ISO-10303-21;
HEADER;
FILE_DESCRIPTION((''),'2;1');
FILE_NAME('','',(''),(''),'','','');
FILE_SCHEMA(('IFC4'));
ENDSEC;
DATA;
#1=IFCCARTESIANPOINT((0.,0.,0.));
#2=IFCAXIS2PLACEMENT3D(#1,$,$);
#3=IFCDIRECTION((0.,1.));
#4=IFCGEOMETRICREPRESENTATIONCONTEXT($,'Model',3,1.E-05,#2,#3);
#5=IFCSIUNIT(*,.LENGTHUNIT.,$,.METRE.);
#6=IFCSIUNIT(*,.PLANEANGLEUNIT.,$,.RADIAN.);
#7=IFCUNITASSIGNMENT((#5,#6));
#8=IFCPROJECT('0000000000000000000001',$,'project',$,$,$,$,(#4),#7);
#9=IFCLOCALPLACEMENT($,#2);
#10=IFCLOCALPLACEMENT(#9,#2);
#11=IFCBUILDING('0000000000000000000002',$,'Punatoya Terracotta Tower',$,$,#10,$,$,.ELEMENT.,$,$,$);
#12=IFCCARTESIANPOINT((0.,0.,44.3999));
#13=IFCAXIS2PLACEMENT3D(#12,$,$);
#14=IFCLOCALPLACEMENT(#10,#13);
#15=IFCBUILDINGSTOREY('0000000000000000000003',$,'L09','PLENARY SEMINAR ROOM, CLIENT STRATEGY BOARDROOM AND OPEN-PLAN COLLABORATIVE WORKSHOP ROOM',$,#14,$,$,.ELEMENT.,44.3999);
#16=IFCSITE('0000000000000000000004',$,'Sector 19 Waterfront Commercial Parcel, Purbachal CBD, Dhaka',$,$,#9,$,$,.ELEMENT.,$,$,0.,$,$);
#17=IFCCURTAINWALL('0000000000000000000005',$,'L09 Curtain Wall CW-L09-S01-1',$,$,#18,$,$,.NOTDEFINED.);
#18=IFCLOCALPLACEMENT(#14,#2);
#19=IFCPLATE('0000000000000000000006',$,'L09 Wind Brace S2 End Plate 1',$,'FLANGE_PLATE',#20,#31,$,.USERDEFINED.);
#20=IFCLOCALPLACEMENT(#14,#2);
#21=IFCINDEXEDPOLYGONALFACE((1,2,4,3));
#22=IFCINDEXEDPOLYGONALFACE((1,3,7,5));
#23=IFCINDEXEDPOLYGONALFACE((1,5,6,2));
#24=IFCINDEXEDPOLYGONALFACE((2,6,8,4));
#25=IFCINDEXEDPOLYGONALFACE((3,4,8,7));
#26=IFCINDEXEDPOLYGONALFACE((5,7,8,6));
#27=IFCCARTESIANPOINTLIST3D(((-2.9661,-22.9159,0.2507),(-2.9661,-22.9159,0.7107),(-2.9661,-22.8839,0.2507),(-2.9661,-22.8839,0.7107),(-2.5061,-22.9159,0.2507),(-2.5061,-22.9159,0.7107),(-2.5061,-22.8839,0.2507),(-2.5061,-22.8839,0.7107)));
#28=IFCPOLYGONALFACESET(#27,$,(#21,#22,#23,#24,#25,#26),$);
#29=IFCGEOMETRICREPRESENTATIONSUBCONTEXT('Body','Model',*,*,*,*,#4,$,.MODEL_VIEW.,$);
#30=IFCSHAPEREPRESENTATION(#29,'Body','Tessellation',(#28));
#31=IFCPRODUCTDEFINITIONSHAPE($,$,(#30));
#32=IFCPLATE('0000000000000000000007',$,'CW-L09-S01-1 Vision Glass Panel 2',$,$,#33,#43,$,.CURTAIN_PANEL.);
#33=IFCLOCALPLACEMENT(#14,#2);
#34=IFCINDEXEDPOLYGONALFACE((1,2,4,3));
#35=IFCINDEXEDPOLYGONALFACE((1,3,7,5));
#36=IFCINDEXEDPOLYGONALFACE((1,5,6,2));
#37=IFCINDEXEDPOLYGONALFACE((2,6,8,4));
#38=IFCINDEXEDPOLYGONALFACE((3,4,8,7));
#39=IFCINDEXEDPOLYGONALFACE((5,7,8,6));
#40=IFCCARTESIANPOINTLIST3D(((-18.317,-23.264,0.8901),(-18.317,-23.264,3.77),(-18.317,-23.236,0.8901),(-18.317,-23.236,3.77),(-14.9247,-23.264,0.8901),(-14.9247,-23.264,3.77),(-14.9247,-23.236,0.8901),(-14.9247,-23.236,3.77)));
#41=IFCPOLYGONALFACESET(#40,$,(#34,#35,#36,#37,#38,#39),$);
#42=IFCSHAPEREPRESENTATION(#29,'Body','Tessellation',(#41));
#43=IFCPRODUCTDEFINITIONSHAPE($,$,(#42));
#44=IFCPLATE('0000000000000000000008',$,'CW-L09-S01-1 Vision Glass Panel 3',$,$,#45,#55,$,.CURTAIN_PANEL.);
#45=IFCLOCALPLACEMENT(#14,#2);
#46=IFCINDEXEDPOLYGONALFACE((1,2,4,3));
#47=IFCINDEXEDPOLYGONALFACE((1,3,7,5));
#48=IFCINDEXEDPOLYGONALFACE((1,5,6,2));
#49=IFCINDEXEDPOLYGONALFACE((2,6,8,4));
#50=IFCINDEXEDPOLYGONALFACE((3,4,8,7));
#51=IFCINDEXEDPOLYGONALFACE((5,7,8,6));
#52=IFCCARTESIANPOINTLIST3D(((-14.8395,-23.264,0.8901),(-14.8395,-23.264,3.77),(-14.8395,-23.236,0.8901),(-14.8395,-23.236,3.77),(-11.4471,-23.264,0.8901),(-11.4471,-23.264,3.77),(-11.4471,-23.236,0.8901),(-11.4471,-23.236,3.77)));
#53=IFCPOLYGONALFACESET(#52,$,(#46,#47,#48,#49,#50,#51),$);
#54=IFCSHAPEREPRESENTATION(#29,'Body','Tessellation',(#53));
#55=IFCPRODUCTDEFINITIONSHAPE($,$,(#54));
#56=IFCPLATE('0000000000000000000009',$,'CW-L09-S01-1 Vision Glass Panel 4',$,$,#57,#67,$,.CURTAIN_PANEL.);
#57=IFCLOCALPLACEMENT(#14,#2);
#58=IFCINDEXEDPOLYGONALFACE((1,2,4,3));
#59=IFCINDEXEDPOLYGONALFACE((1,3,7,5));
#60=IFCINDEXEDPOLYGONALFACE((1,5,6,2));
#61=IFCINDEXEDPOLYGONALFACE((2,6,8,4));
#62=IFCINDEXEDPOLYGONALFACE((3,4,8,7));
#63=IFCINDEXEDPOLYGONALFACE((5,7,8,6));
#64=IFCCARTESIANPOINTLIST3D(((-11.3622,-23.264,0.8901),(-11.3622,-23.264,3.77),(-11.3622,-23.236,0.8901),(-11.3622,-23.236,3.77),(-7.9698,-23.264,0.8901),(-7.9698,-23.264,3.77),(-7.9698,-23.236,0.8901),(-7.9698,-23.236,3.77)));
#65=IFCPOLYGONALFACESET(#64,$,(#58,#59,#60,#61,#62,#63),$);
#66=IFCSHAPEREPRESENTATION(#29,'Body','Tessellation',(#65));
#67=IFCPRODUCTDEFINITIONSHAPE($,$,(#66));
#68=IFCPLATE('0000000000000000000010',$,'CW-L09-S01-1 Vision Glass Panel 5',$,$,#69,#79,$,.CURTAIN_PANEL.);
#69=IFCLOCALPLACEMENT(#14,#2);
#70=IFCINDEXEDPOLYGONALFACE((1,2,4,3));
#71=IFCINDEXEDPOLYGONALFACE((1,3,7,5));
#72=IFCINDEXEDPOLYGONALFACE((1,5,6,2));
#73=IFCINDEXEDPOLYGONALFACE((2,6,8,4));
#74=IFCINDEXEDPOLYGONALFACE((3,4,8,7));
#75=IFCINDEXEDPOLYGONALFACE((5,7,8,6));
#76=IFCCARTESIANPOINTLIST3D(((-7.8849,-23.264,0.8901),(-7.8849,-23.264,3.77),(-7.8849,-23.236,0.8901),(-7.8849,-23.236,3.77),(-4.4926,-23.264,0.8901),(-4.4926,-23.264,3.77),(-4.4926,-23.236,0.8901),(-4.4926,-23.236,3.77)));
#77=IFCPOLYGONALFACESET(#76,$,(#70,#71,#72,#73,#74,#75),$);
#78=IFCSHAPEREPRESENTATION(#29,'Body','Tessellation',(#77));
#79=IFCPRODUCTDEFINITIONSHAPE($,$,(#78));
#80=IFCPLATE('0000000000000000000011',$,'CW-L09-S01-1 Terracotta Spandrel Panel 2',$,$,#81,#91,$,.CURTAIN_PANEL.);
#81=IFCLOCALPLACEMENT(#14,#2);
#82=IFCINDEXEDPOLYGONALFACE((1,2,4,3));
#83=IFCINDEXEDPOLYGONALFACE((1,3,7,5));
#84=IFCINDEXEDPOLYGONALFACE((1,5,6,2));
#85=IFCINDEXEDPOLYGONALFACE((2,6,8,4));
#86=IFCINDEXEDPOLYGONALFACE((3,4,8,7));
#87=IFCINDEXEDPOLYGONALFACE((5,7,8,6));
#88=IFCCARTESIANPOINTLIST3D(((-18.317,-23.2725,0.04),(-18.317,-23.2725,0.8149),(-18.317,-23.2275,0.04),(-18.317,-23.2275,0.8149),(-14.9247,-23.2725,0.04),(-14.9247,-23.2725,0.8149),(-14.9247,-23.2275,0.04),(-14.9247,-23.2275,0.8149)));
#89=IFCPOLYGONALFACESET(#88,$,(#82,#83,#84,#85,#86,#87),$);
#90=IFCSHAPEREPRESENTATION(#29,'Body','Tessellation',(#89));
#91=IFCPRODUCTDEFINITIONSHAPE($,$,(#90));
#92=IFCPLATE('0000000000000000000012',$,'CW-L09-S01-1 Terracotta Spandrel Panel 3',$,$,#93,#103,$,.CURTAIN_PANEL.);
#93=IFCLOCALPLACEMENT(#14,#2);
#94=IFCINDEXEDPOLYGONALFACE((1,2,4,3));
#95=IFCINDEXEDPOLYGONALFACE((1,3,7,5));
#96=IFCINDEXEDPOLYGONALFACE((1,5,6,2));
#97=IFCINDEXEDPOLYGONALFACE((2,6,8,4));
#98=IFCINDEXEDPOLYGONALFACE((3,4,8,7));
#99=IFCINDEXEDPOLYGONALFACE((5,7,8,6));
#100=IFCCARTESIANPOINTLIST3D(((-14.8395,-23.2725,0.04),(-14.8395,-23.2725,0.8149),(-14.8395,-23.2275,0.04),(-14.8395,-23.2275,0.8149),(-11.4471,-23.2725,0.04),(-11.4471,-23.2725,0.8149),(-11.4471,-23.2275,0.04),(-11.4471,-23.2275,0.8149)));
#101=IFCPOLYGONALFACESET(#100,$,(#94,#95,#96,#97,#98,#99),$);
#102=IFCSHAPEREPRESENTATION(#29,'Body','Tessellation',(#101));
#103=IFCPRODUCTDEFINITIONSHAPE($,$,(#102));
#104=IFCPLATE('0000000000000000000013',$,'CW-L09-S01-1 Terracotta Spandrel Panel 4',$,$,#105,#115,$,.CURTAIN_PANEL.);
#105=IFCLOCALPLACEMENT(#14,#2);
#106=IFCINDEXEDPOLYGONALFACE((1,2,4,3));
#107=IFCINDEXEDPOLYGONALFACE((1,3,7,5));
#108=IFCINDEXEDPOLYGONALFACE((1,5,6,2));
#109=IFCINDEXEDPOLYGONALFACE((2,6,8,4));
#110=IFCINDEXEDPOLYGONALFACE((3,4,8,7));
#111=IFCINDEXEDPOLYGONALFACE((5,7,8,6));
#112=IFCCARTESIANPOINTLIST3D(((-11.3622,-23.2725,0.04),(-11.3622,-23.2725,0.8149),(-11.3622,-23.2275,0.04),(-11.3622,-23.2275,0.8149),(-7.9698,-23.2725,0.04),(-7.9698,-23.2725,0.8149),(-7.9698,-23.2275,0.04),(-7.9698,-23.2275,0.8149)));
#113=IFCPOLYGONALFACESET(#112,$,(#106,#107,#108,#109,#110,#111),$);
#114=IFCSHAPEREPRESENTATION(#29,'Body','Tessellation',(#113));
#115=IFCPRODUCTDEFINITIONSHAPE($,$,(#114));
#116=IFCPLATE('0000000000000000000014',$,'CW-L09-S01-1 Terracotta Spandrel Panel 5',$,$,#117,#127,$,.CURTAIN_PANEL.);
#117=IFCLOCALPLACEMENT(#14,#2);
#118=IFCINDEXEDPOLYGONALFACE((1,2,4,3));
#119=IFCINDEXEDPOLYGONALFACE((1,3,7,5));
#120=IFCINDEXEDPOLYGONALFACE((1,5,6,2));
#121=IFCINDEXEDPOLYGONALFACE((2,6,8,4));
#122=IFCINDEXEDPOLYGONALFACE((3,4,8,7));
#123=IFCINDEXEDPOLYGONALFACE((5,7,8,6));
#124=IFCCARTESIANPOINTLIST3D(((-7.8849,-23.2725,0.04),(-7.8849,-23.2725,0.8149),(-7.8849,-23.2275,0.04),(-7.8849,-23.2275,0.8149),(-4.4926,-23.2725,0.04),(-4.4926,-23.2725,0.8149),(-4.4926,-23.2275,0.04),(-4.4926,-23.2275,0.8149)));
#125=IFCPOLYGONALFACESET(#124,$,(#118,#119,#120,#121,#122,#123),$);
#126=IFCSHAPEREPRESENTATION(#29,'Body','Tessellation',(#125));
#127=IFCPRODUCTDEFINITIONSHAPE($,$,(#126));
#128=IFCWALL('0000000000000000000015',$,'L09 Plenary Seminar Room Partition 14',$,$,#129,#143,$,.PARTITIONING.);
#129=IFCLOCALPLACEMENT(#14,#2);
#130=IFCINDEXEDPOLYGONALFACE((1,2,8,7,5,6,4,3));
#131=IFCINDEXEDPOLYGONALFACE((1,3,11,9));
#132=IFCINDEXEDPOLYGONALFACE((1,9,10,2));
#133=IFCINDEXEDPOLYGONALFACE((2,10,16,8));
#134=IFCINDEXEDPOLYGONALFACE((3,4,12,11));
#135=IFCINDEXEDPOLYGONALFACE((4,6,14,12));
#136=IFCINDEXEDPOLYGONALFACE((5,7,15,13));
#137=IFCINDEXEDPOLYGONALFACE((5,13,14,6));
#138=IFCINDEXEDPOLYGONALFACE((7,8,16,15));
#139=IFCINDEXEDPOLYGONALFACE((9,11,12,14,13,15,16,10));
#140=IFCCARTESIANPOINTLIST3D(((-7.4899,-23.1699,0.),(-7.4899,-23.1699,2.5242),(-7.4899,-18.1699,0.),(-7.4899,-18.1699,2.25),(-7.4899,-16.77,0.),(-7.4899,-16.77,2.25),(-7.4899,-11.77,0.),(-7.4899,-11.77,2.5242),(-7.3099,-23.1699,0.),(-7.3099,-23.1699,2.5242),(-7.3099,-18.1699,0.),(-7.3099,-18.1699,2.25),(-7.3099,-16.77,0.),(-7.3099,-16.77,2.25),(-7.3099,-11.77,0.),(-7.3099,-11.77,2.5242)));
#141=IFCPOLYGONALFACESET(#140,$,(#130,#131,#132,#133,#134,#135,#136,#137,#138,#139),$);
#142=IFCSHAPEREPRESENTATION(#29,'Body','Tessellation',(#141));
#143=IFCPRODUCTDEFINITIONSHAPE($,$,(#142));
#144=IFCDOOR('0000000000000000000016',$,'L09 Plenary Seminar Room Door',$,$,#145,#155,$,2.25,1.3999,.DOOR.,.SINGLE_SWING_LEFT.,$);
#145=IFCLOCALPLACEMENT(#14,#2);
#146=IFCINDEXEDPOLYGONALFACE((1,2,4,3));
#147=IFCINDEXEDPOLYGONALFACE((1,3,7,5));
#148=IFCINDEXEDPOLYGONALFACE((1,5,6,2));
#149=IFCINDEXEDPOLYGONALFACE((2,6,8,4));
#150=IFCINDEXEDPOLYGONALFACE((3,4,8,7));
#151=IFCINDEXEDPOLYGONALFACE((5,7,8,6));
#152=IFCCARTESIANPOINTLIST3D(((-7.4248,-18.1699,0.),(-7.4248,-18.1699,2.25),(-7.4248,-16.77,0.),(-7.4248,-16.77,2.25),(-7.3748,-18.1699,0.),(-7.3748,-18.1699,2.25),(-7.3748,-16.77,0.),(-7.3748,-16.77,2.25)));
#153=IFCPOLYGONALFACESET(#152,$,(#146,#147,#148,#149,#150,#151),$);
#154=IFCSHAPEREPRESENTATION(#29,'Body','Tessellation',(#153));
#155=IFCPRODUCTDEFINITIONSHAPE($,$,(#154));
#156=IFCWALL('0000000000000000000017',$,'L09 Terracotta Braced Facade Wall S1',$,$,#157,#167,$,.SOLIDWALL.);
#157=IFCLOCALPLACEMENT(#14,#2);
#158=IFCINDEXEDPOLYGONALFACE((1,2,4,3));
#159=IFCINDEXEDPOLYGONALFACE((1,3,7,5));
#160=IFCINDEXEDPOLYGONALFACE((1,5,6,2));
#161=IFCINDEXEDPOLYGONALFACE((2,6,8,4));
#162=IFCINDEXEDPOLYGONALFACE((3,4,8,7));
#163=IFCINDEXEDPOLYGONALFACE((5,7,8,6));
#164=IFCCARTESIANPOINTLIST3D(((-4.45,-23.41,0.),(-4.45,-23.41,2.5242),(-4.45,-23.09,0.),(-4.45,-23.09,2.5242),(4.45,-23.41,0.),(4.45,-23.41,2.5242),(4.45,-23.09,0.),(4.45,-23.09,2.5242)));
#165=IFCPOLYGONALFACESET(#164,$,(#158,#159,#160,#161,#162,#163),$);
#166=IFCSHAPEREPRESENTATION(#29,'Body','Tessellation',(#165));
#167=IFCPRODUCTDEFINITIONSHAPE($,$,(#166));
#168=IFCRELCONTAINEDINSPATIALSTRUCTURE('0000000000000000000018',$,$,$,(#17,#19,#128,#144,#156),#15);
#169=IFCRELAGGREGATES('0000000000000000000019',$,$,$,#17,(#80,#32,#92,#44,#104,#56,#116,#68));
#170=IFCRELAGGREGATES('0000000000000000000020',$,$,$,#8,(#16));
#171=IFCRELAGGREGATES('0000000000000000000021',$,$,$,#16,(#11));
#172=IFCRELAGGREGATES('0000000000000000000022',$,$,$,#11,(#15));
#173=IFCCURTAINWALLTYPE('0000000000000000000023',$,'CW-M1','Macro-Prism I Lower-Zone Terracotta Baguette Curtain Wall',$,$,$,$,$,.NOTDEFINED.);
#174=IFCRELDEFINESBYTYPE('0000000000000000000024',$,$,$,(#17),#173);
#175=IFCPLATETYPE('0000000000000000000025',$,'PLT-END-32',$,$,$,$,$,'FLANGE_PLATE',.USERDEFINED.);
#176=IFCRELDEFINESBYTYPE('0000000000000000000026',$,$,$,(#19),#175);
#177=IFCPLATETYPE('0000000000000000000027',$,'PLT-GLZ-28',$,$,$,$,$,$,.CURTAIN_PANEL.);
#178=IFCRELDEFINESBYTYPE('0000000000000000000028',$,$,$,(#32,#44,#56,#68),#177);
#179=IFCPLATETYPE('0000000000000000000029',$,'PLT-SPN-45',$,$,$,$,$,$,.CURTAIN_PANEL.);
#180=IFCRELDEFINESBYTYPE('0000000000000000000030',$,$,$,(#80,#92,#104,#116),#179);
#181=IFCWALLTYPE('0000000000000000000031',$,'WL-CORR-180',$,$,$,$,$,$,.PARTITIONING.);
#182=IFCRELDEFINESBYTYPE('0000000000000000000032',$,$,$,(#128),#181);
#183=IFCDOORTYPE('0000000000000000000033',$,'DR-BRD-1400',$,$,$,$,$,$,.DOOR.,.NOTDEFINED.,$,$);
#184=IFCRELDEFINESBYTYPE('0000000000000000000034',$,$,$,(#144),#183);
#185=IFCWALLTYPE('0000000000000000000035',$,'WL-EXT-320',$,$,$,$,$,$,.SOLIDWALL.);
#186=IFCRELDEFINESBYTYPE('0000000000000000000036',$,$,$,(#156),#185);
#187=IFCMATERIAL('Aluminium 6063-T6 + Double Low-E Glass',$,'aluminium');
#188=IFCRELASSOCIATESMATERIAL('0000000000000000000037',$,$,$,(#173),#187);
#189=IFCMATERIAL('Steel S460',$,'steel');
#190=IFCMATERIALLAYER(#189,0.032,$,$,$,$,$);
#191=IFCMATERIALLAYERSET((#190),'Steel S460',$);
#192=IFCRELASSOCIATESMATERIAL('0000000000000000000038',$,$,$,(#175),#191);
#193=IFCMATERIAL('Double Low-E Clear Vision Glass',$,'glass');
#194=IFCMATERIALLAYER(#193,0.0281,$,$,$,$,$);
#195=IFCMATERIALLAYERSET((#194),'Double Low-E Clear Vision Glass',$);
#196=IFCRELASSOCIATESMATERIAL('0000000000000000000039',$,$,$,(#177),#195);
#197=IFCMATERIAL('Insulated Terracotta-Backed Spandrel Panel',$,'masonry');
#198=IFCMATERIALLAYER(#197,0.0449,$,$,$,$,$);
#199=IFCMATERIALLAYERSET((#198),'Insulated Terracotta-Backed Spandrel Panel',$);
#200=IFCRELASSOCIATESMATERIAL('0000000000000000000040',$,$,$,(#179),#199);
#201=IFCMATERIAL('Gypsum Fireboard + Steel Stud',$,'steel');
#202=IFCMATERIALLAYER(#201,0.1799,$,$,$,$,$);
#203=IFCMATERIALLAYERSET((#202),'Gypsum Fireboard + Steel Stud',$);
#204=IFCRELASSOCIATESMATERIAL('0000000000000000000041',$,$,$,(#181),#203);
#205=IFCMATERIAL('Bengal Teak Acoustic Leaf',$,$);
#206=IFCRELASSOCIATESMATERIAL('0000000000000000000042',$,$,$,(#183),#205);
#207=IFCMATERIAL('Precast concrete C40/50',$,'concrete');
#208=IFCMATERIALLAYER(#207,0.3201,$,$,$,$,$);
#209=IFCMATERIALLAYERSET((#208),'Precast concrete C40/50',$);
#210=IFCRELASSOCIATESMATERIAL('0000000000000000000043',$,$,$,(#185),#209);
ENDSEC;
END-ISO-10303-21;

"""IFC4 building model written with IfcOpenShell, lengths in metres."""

from ifc_helpers import new_model, si_unit, direction, frame, frame_2d, origin, origin_2d, place, context, subcontext, project, spatial, rectangle, extrude, material, layer, layer_set, type_object, element, fill, aggregate, save


model = new_model("IFC4")

# Units and contexts
model_context = context("Model", 3, precision=1e-05, world=origin(), true_north=direction((0.0, 1.0)))
body_context = subcontext(model_context, "Body", "Model", "MODEL_VIEW")
ifc_project = project(units=[si_unit("LENGTHUNIT", "METRE"), si_unit("PLANEANGLEUNIT", "RADIAN")], contexts=[model_context])

# Site, building, storey
site_placement = place(None, origin())
site = spatial("IfcSite", under=ifc_project, at=site_placement, Name="Sector 19 Waterfront Commercial Parcel, Purbachal CBD, Dhaka", CompositionType="ELEMENT", RefElevation=0.0)
building_placement = place(site_placement, origin())
building = spatial("IfcBuilding", under=site, at=building_placement, Name="Punatoya Terracotta Tower", CompositionType="ELEMENT")
storey_placement = place(building_placement, frame((0.0, 0.0, 44.3999)))
storey = spatial("IfcBuildingStorey", under=building, at=storey_placement, Name="L09", Description="PLENARY SEMINAR ROOM, CLIENT STRATEGY BOARDROOM AND OPEN-PLAN COLLABORATIVE WORKSHOP ROOM", CompositionType="ELEMENT", Elevation=44.3999)

# Shared definitions
ifc_material_1 = material(Name="Steel S460", Category="steel")

# Curtain wall
ifc_material_2 = material(Name="Aluminium 6063-T6 + Double Low-E Glass", Category="aluminium")
curtain_wall_type = type_object("IfcCurtainWallType", Name="CW-M1", Description="Macro-Prism I Lower-Zone Terracotta Baguette Curtain Wall", PredefinedType="NOTDEFINED", material=ifc_material_2)
curtain_wall_placement = place(storey_placement, origin())
curtain_wall = element("IfcCurtainWall", 1, at=curtain_wall_placement, inside=storey, type_object=curtain_wall_type, Name="L09 Curtain Wall CW-L09-S01-1", PredefinedType="NOTDEFINED")

# Plates
ifc_layer_1 = layer(ifc_material_1, 0.032)
ifc_layer_set_1 = layer_set([ifc_layer_1], Name="Steel S460")
plate_type_1 = type_object("IfcPlateType", Name="PLT-END-32", ElementType="FLANGE_PLATE", PredefinedType="USERDEFINED", material=ifc_layer_set_1)
plate_1_placement = place(storey_placement, frame((-2.7361, -22.8999, 0.2507), z_axis=(0.0, 0.0, 1.0), x_axis=(1.0, 0.0, 0.0)))
element("IfcPlate", 2, at=plate_1_placement, inside=storey, type_object=plate_type_1, Name="L09 Wind Brace S2 End Plate 1", ObjectType="FLANGE_PLATE", PredefinedType="USERDEFINED", context=body_context, shape_type="SweptSolid", body=[
    extrude(rectangle(XDim=0.46, YDim=0.032, at=origin_2d()), origin(), (0.0, 0.0, 1.0), 0.46),
])
ifc_material_3 = material(Name="Double Low-E Clear Vision Glass", Category="glass")
ifc_layer_2 = layer(ifc_material_3, 0.0281)
ifc_layer_set_2 = layer_set([ifc_layer_2], Name="Double Low-E Clear Vision Glass")
plate_type_2 = type_object("IfcPlateType", Name="PLT-GLZ-28", PredefinedType="CURTAIN_PANEL", material=ifc_layer_set_2)
plate_2_placement = place(storey_placement, frame((-16.6208, -23.25, 0.8901), z_axis=(0.0, 0.0, 1.0), x_axis=(1.0, 0.0, 0.0)))
plate_2 = element("IfcPlate", 3, at=plate_2_placement, type_object=plate_type_2, Name="CW-L09-S01-1 Vision Glass Panel 2", PredefinedType="CURTAIN_PANEL", context=body_context, shape_type="SweptSolid", body=[
    extrude(rectangle(XDim=3.3923, YDim=0.0281, at=origin_2d()), origin(), (0.0, 0.0, 1.0), 2.8799),
])
plate_3_placement = place(storey_placement, frame((-13.1433, -23.25, 0.8901), z_axis=(0.0, 0.0, 1.0), x_axis=(1.0, 0.0, 0.0)))
plate_3 = element("IfcPlate", 4, at=plate_3_placement, type_object=plate_type_2, Name="CW-L09-S01-1 Vision Glass Panel 3", PredefinedType="CURTAIN_PANEL", context=body_context, shape_type="SweptSolid", body=[
    extrude(rectangle(XDim=3.3923, YDim=0.0281, at=origin_2d()), origin(), (0.0, 0.0, 1.0), 2.8799),
])
plate_4_placement = place(storey_placement, frame((-9.666, -23.25, 0.8901), z_axis=(0.0, 0.0, 1.0), x_axis=(1.0, 0.0, 0.0)))
plate_4 = element("IfcPlate", 5, at=plate_4_placement, type_object=plate_type_2, Name="CW-L09-S01-1 Vision Glass Panel 4", PredefinedType="CURTAIN_PANEL", context=body_context, shape_type="SweptSolid", body=[
    extrude(rectangle(XDim=3.3923, YDim=0.0281, at=origin_2d()), origin(), (0.0, 0.0, 1.0), 2.8799),
])
plate_5_placement = place(storey_placement, frame((-6.1887, -23.25, 0.8901), z_axis=(0.0, 0.0, 1.0), x_axis=(1.0, 0.0, 0.0)))
plate_5 = element("IfcPlate", 6, at=plate_5_placement, type_object=plate_type_2, Name="CW-L09-S01-1 Vision Glass Panel 5", PredefinedType="CURTAIN_PANEL", context=body_context, shape_type="SweptSolid", body=[
    extrude(rectangle(XDim=3.3923, YDim=0.0281, at=origin_2d()), origin(), (0.0, 0.0, 1.0), 2.8799),
])
ifc_material_4 = material(Name="Insulated Terracotta-Backed Spandrel Panel", Category="masonry")
ifc_layer_3 = layer(ifc_material_4, 0.0449)
ifc_layer_set_3 = layer_set([ifc_layer_3], Name="Insulated Terracotta-Backed Spandrel Panel")
plate_type_3 = type_object("IfcPlateType", Name="PLT-SPN-45", PredefinedType="CURTAIN_PANEL", material=ifc_layer_set_3)
plate_6_placement = place(storey_placement, frame((-16.6208, -23.25, 0.04), z_axis=(0.0, 0.0, 1.0), x_axis=(1.0, 0.0, 0.0)))
plate_6 = element("IfcPlate", 7, at=plate_6_placement, type_object=plate_type_3, Name="CW-L09-S01-1 Terracotta Spandrel Panel 2", PredefinedType="CURTAIN_PANEL", context=body_context, shape_type="SweptSolid", body=[
    extrude(rectangle(XDim=3.3923, YDim=0.0449, at=origin_2d()), origin(), (0.0, 0.0, 1.0), 0.7749),
])
plate_7_placement = place(storey_placement, frame((-13.1433, -23.25, 0.04), z_axis=(0.0, 0.0, 1.0), x_axis=(1.0, 0.0, 0.0)))
plate_7 = element("IfcPlate", 8, at=plate_7_placement, type_object=plate_type_3, Name="CW-L09-S01-1 Terracotta Spandrel Panel 3", PredefinedType="CURTAIN_PANEL", context=body_context, shape_type="SweptSolid", body=[
    extrude(rectangle(XDim=3.3923, YDim=0.0449, at=origin_2d()), origin(), (0.0, 0.0, 1.0), 0.7749),
])
plate_8_placement = place(storey_placement, frame((-9.666, -23.25, 0.04), z_axis=(0.0, 0.0, 1.0), x_axis=(1.0, 0.0, 0.0)))
plate_8 = element("IfcPlate", 9, at=plate_8_placement, type_object=plate_type_3, Name="CW-L09-S01-1 Terracotta Spandrel Panel 4", PredefinedType="CURTAIN_PANEL", context=body_context, shape_type="SweptSolid", body=[
    extrude(rectangle(XDim=3.3923, YDim=0.0449, at=origin_2d()), origin(), (0.0, 0.0, 1.0), 0.7749),
])
plate_9_placement = place(storey_placement, frame((-6.1887, -23.25, 0.04), z_axis=(0.0, 0.0, 1.0), x_axis=(1.0, 0.0, 0.0)))
plate_9 = element("IfcPlate", 10, at=plate_9_placement, type_object=plate_type_3, Name="CW-L09-S01-1 Terracotta Spandrel Panel 5", PredefinedType="CURTAIN_PANEL", context=body_context, shape_type="SweptSolid", body=[
    extrude(rectangle(XDim=3.3923, YDim=0.0449, at=origin_2d()), origin(), (0.0, 0.0, 1.0), 0.7749),
])
aggregate(curtain_wall, [plate_6, plate_2, plate_7, plate_3, plate_8, plate_4, plate_9, plate_5])

# Wall, opening, door
ifc_material_5 = material(Name="Gypsum Fireboard + Steel Stud", Category="steel")
ifc_layer_4 = layer(ifc_material_5, 0.1799)
ifc_layer_set_4 = layer_set([ifc_layer_4], Name="Gypsum Fireboard + Steel Stud")
wall_type_1 = type_object("IfcWallType", Name="WL-CORR-180", PredefinedType="PARTITIONING", material=ifc_layer_set_4)
wall_1_placement = place(storey_placement, frame((-7.3999, -23.1699, 0.0), z_axis=(0.0, 0.0, 1.0), x_axis=(0.0, 1.0, 0.0)))
wall_1 = element("IfcWall", 11, at=wall_1_placement, inside=storey, type_object=wall_type_1, Name="L09 Plenary Seminar Room Partition 14", PredefinedType="PARTITIONING", context=body_context, shape_type="SweptSolid", body=[
    extrude(rectangle(XDim=11.3999, YDim=0.1799, at=frame_2d((5.7, 0.0))), origin(), (0.0, 0.0, 1.0), 2.5242),
])
opening_placement = place(wall_1_placement, frame((5.0, 0.0, 0.0)))
opening = element("IfcOpeningElement", 12, at=opening_placement, cuts=wall_1, PredefinedType="OPENING", context=body_context, shape_type="SweptSolid", body=[
    extrude(rectangle(XDim=1.3999, YDim=2.25, at=frame_2d((0.7, 1.125))), frame((0.0, 0.0999, 0.0), z_axis=(0.0, -1.0, 0.0), x_axis=(1.0, 0.0, 0.0)), (0.0, 0.0, 1.0), 0.2),
])
ifc_material_6 = material(Name="Bengal Teak Acoustic Leaf")
door_type = type_object("IfcDoorType", Name="DR-BRD-1400", OperationType="NOTDEFINED", PredefinedType="DOOR", material=ifc_material_6)
door_placement = place(opening_placement, origin())
door = element("IfcDoor", 13, at=door_placement, inside=storey, type_object=door_type, Name="L09 Plenary Seminar Room Door", OperationType="SINGLE_SWING_LEFT", OverallHeight=2.25, OverallWidth=1.3999, PredefinedType="DOOR", context=body_context, shape_type="SweptSolid", body=[
    extrude(rectangle(XDim=1.3999, YDim=2.25, at=frame_2d((0.7, 1.125))), frame((0.0, 0.0249, 0.0), z_axis=(0.0, -1.0, 0.0), x_axis=(1.0, 0.0, 0.0)), (0.0, 0.0, 1.0), 0.05),
])
fill(opening, door)

# Wall
ifc_material_7 = material(Name="Precast concrete C40/50", Category="concrete")
ifc_layer_5 = layer(ifc_material_7, 0.3201)
ifc_layer_set_5 = layer_set([ifc_layer_5], Name="Precast concrete C40/50")
wall_type_2 = type_object("IfcWallType", Name="WL-EXT-320", PredefinedType="SOLIDWALL", material=ifc_layer_set_5)
wall_2_placement = place(storey_placement, frame((-4.45, -23.25, 0.0), z_axis=(0.0, 0.0, 1.0), x_axis=(1.0, 0.0, 0.0)))
element("IfcWall", 14, at=wall_2_placement, inside=storey, type_object=wall_type_2, Name="L09 Terracotta Braced Facade Wall S1", PredefinedType="SOLIDWALL", context=body_context, shape_type="SweptSolid", body=[
    extrude(rectangle(XDim=8.8999, YDim=0.3201, at=frame_2d((4.45, 0.0))), origin(), (0.0, 0.0, 1.0), 2.5242),
])

save(model, "model.ifc")
